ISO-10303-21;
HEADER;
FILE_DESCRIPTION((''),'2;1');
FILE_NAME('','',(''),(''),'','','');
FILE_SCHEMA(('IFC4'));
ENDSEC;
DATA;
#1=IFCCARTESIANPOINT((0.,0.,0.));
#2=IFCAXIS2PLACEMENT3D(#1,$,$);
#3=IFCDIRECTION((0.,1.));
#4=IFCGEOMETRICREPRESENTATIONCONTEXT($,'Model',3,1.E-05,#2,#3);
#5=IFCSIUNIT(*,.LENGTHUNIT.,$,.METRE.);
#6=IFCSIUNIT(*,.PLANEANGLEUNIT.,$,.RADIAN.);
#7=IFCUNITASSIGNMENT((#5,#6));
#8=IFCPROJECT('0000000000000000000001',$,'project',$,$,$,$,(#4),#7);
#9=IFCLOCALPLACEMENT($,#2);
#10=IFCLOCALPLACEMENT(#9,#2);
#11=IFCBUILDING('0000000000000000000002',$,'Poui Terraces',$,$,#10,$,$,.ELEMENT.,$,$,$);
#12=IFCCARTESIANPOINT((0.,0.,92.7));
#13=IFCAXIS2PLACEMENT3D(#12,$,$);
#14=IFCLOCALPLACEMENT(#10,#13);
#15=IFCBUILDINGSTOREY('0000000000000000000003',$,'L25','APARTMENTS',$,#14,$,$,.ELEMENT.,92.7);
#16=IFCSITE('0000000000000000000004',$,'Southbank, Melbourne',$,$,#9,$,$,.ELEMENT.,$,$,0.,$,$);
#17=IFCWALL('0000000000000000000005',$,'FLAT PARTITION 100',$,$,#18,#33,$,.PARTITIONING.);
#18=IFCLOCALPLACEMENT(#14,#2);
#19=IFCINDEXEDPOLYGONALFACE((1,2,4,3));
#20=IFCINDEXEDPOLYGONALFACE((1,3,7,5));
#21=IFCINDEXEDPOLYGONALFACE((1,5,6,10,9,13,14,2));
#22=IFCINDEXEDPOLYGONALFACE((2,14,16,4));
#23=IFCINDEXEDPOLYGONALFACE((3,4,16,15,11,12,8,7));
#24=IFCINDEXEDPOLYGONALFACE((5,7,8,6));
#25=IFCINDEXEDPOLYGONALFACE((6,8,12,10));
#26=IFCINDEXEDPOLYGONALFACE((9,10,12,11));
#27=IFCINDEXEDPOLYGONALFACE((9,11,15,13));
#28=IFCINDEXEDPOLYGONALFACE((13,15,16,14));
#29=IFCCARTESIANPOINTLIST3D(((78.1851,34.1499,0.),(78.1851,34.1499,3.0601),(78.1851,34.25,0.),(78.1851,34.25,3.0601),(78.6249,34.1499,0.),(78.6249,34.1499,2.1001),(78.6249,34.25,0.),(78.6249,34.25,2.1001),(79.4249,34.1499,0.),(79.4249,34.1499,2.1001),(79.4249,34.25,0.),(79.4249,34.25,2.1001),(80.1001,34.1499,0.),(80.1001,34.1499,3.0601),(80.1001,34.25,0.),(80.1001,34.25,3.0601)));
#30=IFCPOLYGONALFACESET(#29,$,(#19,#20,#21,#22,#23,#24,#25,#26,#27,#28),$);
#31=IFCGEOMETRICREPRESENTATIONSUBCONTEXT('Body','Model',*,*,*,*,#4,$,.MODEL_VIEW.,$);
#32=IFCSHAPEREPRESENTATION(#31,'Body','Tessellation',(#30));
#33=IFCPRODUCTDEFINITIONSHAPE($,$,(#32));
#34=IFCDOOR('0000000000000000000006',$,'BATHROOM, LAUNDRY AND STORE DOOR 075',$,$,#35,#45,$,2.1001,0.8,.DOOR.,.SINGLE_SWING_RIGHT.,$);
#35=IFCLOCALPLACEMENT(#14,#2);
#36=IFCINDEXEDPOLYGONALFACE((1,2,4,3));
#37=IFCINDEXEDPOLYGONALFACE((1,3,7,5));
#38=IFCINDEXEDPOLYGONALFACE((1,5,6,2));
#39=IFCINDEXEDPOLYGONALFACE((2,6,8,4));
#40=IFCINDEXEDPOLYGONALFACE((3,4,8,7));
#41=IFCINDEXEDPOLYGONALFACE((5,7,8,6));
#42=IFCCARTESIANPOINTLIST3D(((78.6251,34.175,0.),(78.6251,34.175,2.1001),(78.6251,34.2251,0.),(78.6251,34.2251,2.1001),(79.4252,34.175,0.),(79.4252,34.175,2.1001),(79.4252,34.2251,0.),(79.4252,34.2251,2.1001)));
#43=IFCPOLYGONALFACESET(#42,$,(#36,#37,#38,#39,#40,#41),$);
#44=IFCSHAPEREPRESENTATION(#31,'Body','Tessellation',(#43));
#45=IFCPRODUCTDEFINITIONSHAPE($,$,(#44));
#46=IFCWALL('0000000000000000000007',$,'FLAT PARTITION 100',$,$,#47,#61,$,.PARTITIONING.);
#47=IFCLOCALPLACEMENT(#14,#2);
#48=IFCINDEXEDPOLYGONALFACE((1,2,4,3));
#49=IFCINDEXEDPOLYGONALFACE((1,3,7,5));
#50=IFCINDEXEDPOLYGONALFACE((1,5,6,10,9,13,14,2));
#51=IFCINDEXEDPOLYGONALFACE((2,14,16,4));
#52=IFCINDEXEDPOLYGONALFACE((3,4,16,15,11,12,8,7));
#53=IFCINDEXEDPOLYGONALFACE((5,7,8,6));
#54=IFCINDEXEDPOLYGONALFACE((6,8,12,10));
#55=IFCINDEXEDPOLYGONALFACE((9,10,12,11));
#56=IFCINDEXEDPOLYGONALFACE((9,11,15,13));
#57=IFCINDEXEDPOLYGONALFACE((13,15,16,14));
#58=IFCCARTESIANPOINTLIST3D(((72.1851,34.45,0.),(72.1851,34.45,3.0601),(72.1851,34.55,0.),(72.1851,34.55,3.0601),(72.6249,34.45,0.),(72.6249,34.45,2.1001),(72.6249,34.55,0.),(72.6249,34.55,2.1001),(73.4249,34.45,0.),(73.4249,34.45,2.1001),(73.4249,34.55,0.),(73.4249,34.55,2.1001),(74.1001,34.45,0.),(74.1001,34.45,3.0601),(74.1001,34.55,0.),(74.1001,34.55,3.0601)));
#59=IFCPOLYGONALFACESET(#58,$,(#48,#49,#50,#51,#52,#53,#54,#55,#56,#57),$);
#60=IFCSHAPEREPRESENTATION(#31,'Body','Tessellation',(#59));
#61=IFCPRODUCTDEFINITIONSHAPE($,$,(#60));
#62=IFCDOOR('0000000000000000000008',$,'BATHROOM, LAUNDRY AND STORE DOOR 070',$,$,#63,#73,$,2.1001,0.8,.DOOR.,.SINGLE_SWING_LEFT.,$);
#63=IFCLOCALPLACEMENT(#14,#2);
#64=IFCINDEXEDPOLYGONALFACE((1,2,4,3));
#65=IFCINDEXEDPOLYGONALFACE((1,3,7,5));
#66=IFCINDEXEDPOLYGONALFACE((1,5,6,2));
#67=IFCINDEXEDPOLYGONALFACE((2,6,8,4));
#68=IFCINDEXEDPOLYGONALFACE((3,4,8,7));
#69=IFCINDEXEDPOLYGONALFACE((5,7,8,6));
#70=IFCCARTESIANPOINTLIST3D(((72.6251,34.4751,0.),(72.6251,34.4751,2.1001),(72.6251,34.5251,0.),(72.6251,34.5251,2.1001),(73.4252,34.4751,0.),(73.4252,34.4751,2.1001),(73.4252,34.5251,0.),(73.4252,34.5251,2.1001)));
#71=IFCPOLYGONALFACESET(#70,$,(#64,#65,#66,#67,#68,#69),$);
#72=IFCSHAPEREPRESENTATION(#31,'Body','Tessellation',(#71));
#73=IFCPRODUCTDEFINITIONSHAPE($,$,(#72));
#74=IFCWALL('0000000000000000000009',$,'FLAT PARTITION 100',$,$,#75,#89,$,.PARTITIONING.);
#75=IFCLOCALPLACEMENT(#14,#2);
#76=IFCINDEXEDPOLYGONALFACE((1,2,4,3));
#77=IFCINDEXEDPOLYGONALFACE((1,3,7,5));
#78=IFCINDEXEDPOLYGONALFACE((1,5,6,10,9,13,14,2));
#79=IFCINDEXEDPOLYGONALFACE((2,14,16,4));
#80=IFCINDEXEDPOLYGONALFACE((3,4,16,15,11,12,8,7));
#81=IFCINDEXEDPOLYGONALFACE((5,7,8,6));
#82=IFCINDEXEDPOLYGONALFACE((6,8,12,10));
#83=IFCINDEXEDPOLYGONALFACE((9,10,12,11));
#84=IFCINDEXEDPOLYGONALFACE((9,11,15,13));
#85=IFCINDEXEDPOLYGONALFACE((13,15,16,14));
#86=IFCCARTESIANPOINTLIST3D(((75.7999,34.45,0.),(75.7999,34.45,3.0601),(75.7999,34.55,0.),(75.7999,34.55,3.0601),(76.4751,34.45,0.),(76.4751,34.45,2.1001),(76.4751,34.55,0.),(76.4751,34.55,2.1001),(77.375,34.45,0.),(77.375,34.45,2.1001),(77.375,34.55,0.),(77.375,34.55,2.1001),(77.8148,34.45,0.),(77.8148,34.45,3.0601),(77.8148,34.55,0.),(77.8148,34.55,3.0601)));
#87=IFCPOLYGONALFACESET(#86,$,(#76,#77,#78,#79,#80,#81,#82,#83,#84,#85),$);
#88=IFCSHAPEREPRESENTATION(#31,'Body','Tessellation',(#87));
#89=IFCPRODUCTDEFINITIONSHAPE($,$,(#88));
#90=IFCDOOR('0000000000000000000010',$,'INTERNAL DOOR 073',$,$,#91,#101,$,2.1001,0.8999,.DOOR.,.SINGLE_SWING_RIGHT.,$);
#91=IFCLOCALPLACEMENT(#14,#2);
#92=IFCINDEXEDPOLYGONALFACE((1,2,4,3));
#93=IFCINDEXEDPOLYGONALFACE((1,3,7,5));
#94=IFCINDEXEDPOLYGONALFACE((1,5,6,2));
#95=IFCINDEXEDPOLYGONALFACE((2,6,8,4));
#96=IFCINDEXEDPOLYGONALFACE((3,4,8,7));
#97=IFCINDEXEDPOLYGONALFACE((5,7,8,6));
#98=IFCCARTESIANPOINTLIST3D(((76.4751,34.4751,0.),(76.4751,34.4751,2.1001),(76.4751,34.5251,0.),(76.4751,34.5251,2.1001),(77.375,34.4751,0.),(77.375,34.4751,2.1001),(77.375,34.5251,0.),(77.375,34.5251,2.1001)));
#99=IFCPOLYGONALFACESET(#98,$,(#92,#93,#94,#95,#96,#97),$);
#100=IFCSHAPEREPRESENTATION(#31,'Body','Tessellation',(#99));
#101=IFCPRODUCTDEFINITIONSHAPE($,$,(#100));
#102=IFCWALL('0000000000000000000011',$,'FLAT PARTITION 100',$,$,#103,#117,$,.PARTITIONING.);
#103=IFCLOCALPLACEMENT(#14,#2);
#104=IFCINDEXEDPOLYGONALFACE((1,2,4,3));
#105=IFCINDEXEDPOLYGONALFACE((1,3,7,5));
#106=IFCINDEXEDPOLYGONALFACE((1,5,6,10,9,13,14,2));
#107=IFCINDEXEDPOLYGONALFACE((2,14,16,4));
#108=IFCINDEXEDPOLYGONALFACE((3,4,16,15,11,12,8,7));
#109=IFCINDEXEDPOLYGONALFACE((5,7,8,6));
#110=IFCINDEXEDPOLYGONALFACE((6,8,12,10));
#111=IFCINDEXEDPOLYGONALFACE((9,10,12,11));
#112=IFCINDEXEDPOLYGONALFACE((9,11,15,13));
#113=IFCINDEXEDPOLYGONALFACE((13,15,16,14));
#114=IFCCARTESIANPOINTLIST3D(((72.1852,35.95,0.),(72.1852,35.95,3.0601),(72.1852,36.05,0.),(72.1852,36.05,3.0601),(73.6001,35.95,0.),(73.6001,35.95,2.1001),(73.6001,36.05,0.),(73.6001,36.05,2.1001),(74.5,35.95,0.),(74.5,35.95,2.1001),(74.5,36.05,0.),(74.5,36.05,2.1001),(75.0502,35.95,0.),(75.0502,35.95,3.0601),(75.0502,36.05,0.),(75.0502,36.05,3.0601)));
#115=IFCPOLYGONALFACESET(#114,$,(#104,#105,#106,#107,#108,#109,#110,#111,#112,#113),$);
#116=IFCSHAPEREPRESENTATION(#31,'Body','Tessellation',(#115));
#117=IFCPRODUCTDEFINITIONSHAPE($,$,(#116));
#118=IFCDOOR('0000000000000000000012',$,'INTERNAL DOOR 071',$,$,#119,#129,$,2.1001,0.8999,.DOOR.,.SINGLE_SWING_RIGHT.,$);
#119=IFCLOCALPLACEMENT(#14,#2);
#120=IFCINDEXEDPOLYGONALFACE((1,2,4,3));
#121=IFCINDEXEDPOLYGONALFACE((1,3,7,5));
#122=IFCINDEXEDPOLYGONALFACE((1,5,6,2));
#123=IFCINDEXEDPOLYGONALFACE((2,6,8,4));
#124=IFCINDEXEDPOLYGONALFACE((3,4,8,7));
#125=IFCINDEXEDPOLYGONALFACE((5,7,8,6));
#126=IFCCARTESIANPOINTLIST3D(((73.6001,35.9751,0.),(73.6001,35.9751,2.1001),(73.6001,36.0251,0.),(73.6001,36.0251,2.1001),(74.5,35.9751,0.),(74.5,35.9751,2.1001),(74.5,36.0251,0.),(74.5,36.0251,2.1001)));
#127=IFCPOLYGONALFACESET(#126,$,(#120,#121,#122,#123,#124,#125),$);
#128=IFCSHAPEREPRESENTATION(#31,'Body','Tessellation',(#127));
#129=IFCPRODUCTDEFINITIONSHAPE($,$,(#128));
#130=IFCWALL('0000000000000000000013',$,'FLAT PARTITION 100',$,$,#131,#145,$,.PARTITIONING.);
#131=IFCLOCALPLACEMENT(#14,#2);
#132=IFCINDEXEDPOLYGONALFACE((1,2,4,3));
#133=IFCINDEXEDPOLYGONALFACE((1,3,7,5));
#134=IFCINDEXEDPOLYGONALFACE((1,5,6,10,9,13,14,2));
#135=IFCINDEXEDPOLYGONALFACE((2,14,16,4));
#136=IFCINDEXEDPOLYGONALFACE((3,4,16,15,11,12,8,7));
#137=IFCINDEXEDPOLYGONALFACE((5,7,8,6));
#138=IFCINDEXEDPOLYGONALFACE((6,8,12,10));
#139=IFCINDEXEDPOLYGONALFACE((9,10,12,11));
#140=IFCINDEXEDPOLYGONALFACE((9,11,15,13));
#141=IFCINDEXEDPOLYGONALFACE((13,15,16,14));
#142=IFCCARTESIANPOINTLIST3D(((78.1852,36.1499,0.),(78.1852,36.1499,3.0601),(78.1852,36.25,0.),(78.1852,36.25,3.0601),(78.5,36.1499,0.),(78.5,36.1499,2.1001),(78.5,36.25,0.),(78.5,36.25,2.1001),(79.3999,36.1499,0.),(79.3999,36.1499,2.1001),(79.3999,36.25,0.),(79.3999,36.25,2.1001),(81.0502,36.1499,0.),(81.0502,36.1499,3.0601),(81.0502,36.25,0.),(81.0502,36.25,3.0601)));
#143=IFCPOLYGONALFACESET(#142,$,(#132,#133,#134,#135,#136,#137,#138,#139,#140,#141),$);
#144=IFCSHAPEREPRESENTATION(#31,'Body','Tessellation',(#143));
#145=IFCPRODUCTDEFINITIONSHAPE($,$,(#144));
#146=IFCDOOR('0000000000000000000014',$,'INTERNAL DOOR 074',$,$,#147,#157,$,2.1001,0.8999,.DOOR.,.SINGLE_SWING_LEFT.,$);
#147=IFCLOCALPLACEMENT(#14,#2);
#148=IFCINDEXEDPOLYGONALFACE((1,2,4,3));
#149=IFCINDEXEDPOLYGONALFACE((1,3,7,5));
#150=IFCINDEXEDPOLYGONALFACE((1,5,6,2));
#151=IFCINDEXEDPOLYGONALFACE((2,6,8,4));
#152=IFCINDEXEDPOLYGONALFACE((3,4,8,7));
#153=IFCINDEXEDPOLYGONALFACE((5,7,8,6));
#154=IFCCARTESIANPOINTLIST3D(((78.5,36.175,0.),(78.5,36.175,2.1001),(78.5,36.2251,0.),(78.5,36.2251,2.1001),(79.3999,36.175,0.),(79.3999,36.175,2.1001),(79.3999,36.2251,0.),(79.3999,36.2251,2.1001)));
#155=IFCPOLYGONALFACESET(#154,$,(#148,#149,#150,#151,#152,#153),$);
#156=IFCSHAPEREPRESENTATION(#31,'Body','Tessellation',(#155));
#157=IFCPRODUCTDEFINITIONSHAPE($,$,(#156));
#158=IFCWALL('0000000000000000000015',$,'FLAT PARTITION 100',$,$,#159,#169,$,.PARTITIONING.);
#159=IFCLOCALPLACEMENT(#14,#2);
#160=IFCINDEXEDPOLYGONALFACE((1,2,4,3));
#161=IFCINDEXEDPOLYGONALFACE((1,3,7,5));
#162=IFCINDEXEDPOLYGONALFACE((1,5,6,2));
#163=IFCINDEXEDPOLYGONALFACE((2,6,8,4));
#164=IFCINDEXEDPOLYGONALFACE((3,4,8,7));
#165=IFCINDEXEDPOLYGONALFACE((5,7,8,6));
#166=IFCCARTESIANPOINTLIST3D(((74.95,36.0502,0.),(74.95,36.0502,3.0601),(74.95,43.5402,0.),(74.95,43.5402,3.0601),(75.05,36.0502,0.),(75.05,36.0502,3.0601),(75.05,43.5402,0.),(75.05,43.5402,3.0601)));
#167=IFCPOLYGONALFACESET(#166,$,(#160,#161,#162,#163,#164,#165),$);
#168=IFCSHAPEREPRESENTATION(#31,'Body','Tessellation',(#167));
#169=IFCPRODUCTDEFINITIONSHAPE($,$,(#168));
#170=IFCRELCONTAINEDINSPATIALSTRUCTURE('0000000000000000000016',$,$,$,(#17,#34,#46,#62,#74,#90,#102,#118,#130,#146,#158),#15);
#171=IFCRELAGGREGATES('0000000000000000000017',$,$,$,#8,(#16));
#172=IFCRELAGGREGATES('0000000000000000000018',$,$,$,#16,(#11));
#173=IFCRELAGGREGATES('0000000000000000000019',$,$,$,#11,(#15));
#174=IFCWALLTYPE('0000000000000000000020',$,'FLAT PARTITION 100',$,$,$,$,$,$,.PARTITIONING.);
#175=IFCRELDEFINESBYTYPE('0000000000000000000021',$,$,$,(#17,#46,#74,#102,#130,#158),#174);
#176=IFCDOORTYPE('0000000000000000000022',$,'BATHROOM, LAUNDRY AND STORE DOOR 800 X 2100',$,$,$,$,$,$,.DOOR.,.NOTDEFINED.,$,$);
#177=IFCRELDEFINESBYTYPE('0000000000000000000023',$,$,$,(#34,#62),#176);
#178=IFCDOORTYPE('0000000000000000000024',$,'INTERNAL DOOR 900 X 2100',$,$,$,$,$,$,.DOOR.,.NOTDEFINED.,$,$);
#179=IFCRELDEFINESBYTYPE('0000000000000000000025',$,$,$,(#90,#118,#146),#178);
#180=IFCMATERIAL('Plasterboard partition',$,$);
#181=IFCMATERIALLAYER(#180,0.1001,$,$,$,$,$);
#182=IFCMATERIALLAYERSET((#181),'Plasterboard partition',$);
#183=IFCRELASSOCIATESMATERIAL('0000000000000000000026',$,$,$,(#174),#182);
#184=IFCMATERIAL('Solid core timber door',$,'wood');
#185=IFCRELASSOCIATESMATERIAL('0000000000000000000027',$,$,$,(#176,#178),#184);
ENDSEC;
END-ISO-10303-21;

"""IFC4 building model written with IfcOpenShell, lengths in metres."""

from ifc_helpers import new_model, si_unit, direction, frame, frame_2d, origin, place, context, subcontext, project, spatial, rectangle, extrude, material, layer, layer_set, type_object, element, fill, save


model = new_model("IFC4")

# Units and contexts
model_context = context("Model", 3, precision=1e-05, world=origin(), true_north=direction((0.0, 1.0)))
body_context = subcontext(model_context, "Body", "Model", "MODEL_VIEW")
ifc_project = project(units=[si_unit("LENGTHUNIT", "METRE"), si_unit("PLANEANGLEUNIT", "RADIAN")], contexts=[model_context])

# Site, building, storey
site_placement = place(None, origin())
site = spatial("IfcSite", under=ifc_project, at=site_placement, Name="Southbank, Melbourne", CompositionType="ELEMENT", RefElevation=0.0)
building_placement = place(site_placement, origin())
building = spatial("IfcBuilding", under=site, at=building_placement, Name="Poui Terraces", CompositionType="ELEMENT")
storey_placement = place(building_placement, frame((0.0, 0.0, 92.7)))
storey = spatial("IfcBuildingStorey", under=building, at=storey_placement, Name="L25", Description="APARTMENTS", CompositionType="ELEMENT", Elevation=92.7)

# Walls, openings, doors
ifc_material_1 = material(Name="Plasterboard partition")
ifc_layer_1 = layer(ifc_material_1, 0.1001)
ifc_layer_set_1 = layer_set([ifc_layer_1], Name="Plasterboard partition")
wall_type_1 = type_object("IfcWallType", Name="FLAT PARTITION 100", PredefinedType="PARTITIONING", material=ifc_layer_set_1)
wall_1_placement = place(storey_placement, frame((78.1851, 34.2, 0.0), z_axis=(0.0, 0.0, 1.0), x_axis=(1.0, 0.0, 0.0)))
wall_1 = element("IfcWall", 1, at=wall_1_placement, inside=storey, type_object=wall_type_1, Name="FLAT PARTITION 100", PredefinedType="PARTITIONING", context=body_context, shape_type="SweptSolid", body=[
    extrude(rectangle(XDim=1.915, YDim=0.1001, at=frame_2d((0.9575, 0.0))), origin(), (0.0, 0.0, 1.0), 3.0601),
])
opening_1_placement = place(wall_1_placement, frame((0.4399, 0.0, 0.0)))
opening_1 = element("IfcOpeningElement", 2, at=opening_1_placement, cuts=wall_1, PredefinedType="OPENING", context=body_context, shape_type="SweptSolid", body=[
    extrude(rectangle(XDim=0.8, YDim=2.1001, at=frame_2d((0.3999, 1.05))), frame((0.0, 0.0601, 0.0), z_axis=(0.0, -1.0, 0.0), x_axis=(1.0, 0.0, 0.0)), (0.0, 0.0, 1.0), 0.1201),
])
ifc_material_2 = material(Name="Solid core timber door", Category="wood")
door_type_1 = type_object("IfcDoorType", Name="BATHROOM, LAUNDRY AND STORE DOOR 800 X 2100", OperationType="NOTDEFINED", PredefinedType="DOOR", material=ifc_material_2)
door_1_placement = place(opening_1_placement, frame((0.8, 0.0, 0.0), z_axis=(0.0, 0.0, 1.0), x_axis=(-1.0, 0.0, 0.0)))
door_1 = element("IfcDoor", 3, at=door_1_placement, inside=storey, type_object=door_type_1, Name="BATHROOM, LAUNDRY AND STORE DOOR 075", OperationType="SINGLE_SWING_RIGHT", OverallHeight=2.1001, OverallWidth=0.8, PredefinedType="DOOR", context=body_context, shape_type="SweptSolid", body=[
    extrude(rectangle(XDim=0.8, YDim=2.1001, at=frame_2d((0.3999, 1.05))), frame((0.0, 0.0249, 0.0), z_axis=(0.0, -1.0, 0.0), x_axis=(1.0, 0.0, 0.0)), (0.0, 0.0, 1.0), 0.05),
])
fill(opening_1, door_1)
wall_2_placement = place(storey_placement, frame((72.1851, 34.5, 0.0), z_axis=(0.0, 0.0, 1.0), x_axis=(1.0, 0.0, 0.0)))
wall_2 = element("IfcWall", 4, at=wall_2_placement, inside=storey, type_object=wall_type_1, Name="FLAT PARTITION 100", PredefinedType="PARTITIONING", context=body_context, shape_type="SweptSolid", body=[
    extrude(rectangle(XDim=1.915, YDim=0.1001, at=frame_2d((0.9575, 0.0))), origin(), (0.0, 0.0, 1.0), 3.0601),
])
opening_2_placement = place(wall_2_placement, frame((0.4399, 0.0, 0.0)))
opening_2 = element("IfcOpeningElement", 5, at=opening_2_placement, cuts=wall_2, PredefinedType="OPENING", context=body_context, shape_type="SweptSolid", body=[
    extrude(rectangle(XDim=0.8, YDim=2.1001, at=frame_2d((0.3999, 1.05))), frame((0.0, 0.0601, 0.0), z_axis=(0.0, -1.0, 0.0), x_axis=(1.0, 0.0, 0.0)), (0.0, 0.0, 1.0), 0.1201),
])
door_2_placement = place(opening_2_placement, frame((0.8, 0.0, 0.0), z_axis=(0.0, 0.0, 1.0), x_axis=(-1.0, 0.0, 0.0)))
door_2 = element("IfcDoor", 6, at=door_2_placement, inside=storey, type_object=door_type_1, Name="BATHROOM, LAUNDRY AND STORE DOOR 070", OperationType="SINGLE_SWING_LEFT", OverallHeight=2.1001, OverallWidth=0.8, PredefinedType="DOOR", context=body_context, shape_type="SweptSolid", body=[
    extrude(rectangle(XDim=0.8, YDim=2.1001, at=frame_2d((0.3999, 1.05))), frame((0.0, 0.0249, 0.0), z_axis=(0.0, -1.0, 0.0), x_axis=(1.0, 0.0, 0.0)), (0.0, 0.0, 1.0), 0.05),
])
fill(opening_2, door_2)
wall_3_placement = place(storey_placement, frame((75.8, 34.5, 0.0), z_axis=(0.0, 0.0, 1.0), x_axis=(1.0, 0.0, 0.0)))
wall_3 = element("IfcWall", 7, at=wall_3_placement, inside=storey, type_object=wall_type_1, Name="FLAT PARTITION 100", PredefinedType="PARTITIONING", context=body_context, shape_type="SweptSolid", body=[
    extrude(rectangle(XDim=2.0149, YDim=0.1001, at=frame_2d((1.0073, 0.0))), origin(), (0.0, 0.0, 1.0), 3.0601),
])
opening_3_placement = place(wall_3_placement, frame((0.675, 0.0, 0.0)))
opening_3 = element("IfcOpeningElement", 8, at=opening_3_placement, cuts=wall_3, PredefinedType="OPENING", context=body_context, shape_type="SweptSolid", body=[
    extrude(rectangle(XDim=0.8999, YDim=2.1001, at=frame_2d((0.45, 1.05))), frame((0.0, 0.0601, 0.0), z_axis=(0.0, -1.0, 0.0), x_axis=(1.0, 0.0, 0.0)), (0.0, 0.0, 1.0), 0.1201),
])
door_type_2 = type_object("IfcDoorType", Name="INTERNAL DOOR 900 X 2100", OperationType="NOTDEFINED", PredefinedType="DOOR", material=ifc_material_2)
door_3_placement = place(opening_3_placement, frame((0.8999, 0.0, 0.0), z_axis=(0.0, 0.0, 1.0), x_axis=(-1.0, 0.0, 0.0)))
door_3 = element("IfcDoor", 9, at=door_3_placement, inside=storey, type_object=door_type_2, Name="INTERNAL DOOR 073", OperationType="SINGLE_SWING_RIGHT", OverallHeight=2.1001, OverallWidth=0.8999, PredefinedType="DOOR", context=body_context, shape_type="SweptSolid", body=[
    extrude(rectangle(XDim=0.8999, YDim=2.1001, at=frame_2d((0.45, 1.05))), frame((0.0, 0.0249, 0.0), z_axis=(0.0, -1.0, 0.0), x_axis=(1.0, 0.0, 0.0)), (0.0, 0.0, 1.0), 0.05),
])
fill(opening_3, door_3)
wall_4_placement = place(storey_placement, frame((72.1851, 36.0, 0.0), z_axis=(0.0, 0.0, 1.0), x_axis=(1.0, 0.0, 0.0)))
wall_4 = element("IfcWall", 10, at=wall_4_placement, inside=storey, type_object=wall_type_1, Name="FLAT PARTITION 100", PredefinedType="PARTITIONING", context=body_context, shape_type="SweptSolid", body=[
    extrude(rectangle(XDim=2.865, YDim=0.1001, at=frame_2d((1.4326, 0.0))), origin(), (0.0, 0.0, 1.0), 3.0601),
])
opening_4_placement = place(wall_4_placement, frame((1.415, 0.0, 0.0)))
opening_4 = element("IfcOpeningElement", 11, at=opening_4_placement, cuts=wall_4, PredefinedType="OPENING", context=body_context, shape_type="SweptSolid", body=[
    extrude(rectangle(XDim=0.8999, YDim=2.1001, at=frame_2d((0.45, 1.05))), frame((0.0, 0.0601, 0.0), z_axis=(0.0, -1.0, 0.0), x_axis=(1.0, 0.0, 0.0)), (0.0, 0.0, 1.0), 0.1201),
])
door_4_placement = place(opening_4_placement, frame((0.8999, 0.0, 0.0), z_axis=(0.0, 0.0, 1.0), x_axis=(-1.0, 0.0, 0.0)))
door_4 = element("IfcDoor", 12, at=door_4_placement, inside=storey, type_object=door_type_2, Name="INTERNAL DOOR 071", OperationType="SINGLE_SWING_RIGHT", OverallHeight=2.1001, OverallWidth=0.8999, PredefinedType="DOOR", context=body_context, shape_type="SweptSolid", body=[
    extrude(rectangle(XDim=0.8999, YDim=2.1001, at=frame_2d((0.45, 1.05))), frame((0.0, 0.0249, 0.0), z_axis=(0.0, -1.0, 0.0), x_axis=(1.0, 0.0, 0.0)), (0.0, 0.0, 1.0), 0.05),
])
fill(opening_4, door_4)
wall_5_placement = place(storey_placement, frame((78.1851, 36.2, 0.0), z_axis=(0.0, 0.0, 1.0), x_axis=(1.0, 0.0, 0.0)))
wall_5 = element("IfcWall", 13, at=wall_5_placement, inside=storey, type_object=wall_type_1, Name="FLAT PARTITION 100", PredefinedType="PARTITIONING", context=body_context, shape_type="SweptSolid", body=[
    extrude(rectangle(XDim=2.865, YDim=0.1001, at=frame_2d((1.4326, 0.0))), origin(), (0.0, 0.0, 1.0), 3.0601),
])
opening_5_placement = place(wall_5_placement, frame((0.3149, 0.0, 0.0)))
opening_5 = element("IfcOpeningElement", 14, at=opening_5_placement, cuts=wall_5, PredefinedType="OPENING", context=body_context, shape_type="SweptSolid", body=[
    extrude(rectangle(XDim=0.8999, YDim=2.1001, at=frame_2d((0.45, 1.05))), frame((0.0, 0.0601, 0.0), z_axis=(0.0, -1.0, 0.0), x_axis=(1.0, 0.0, 0.0)), (0.0, 0.0, 1.0), 0.1201),
])
door_5_placement = place(opening_5_placement, frame((0.8999, 0.0, 0.0), z_axis=(0.0, 0.0, 1.0), x_axis=(-1.0, 0.0, 0.0)))
door_5 = element("IfcDoor", 15, at=door_5_placement, inside=storey, type_object=door_type_2, Name="INTERNAL DOOR 074", OperationType="SINGLE_SWING_LEFT", OverallHeight=2.1001, OverallWidth=0.8999, PredefinedType="DOOR", context=body_context, shape_type="SweptSolid", body=[
    extrude(rectangle(XDim=0.8999, YDim=2.1001, at=frame_2d((0.45, 1.05))), frame((0.0, 0.0249, 0.0), z_axis=(0.0, -1.0, 0.0), x_axis=(1.0, 0.0, 0.0)), (0.0, 0.0, 1.0), 0.05),
])
fill(opening_5, door_5)

# Wall
wall_6_placement = place(storey_placement, frame((75.0, 36.05, 0.0), z_axis=(0.0, 0.0, 1.0), x_axis=(0.0, 1.0, 0.0)))
element("IfcWall", 16, at=wall_6_placement, inside=storey, type_object=wall_type_1, Name="FLAT PARTITION 100", PredefinedType="PARTITIONING", context=body_context, shape_type="SweptSolid", body=[
    extrude(rectangle(XDim=7.49, YDim=0.1001, at=frame_2d((3.7451, 0.0))), origin(), (0.0, 0.0, 1.0), 3.0601),
])

save(model, "model.ifc")
